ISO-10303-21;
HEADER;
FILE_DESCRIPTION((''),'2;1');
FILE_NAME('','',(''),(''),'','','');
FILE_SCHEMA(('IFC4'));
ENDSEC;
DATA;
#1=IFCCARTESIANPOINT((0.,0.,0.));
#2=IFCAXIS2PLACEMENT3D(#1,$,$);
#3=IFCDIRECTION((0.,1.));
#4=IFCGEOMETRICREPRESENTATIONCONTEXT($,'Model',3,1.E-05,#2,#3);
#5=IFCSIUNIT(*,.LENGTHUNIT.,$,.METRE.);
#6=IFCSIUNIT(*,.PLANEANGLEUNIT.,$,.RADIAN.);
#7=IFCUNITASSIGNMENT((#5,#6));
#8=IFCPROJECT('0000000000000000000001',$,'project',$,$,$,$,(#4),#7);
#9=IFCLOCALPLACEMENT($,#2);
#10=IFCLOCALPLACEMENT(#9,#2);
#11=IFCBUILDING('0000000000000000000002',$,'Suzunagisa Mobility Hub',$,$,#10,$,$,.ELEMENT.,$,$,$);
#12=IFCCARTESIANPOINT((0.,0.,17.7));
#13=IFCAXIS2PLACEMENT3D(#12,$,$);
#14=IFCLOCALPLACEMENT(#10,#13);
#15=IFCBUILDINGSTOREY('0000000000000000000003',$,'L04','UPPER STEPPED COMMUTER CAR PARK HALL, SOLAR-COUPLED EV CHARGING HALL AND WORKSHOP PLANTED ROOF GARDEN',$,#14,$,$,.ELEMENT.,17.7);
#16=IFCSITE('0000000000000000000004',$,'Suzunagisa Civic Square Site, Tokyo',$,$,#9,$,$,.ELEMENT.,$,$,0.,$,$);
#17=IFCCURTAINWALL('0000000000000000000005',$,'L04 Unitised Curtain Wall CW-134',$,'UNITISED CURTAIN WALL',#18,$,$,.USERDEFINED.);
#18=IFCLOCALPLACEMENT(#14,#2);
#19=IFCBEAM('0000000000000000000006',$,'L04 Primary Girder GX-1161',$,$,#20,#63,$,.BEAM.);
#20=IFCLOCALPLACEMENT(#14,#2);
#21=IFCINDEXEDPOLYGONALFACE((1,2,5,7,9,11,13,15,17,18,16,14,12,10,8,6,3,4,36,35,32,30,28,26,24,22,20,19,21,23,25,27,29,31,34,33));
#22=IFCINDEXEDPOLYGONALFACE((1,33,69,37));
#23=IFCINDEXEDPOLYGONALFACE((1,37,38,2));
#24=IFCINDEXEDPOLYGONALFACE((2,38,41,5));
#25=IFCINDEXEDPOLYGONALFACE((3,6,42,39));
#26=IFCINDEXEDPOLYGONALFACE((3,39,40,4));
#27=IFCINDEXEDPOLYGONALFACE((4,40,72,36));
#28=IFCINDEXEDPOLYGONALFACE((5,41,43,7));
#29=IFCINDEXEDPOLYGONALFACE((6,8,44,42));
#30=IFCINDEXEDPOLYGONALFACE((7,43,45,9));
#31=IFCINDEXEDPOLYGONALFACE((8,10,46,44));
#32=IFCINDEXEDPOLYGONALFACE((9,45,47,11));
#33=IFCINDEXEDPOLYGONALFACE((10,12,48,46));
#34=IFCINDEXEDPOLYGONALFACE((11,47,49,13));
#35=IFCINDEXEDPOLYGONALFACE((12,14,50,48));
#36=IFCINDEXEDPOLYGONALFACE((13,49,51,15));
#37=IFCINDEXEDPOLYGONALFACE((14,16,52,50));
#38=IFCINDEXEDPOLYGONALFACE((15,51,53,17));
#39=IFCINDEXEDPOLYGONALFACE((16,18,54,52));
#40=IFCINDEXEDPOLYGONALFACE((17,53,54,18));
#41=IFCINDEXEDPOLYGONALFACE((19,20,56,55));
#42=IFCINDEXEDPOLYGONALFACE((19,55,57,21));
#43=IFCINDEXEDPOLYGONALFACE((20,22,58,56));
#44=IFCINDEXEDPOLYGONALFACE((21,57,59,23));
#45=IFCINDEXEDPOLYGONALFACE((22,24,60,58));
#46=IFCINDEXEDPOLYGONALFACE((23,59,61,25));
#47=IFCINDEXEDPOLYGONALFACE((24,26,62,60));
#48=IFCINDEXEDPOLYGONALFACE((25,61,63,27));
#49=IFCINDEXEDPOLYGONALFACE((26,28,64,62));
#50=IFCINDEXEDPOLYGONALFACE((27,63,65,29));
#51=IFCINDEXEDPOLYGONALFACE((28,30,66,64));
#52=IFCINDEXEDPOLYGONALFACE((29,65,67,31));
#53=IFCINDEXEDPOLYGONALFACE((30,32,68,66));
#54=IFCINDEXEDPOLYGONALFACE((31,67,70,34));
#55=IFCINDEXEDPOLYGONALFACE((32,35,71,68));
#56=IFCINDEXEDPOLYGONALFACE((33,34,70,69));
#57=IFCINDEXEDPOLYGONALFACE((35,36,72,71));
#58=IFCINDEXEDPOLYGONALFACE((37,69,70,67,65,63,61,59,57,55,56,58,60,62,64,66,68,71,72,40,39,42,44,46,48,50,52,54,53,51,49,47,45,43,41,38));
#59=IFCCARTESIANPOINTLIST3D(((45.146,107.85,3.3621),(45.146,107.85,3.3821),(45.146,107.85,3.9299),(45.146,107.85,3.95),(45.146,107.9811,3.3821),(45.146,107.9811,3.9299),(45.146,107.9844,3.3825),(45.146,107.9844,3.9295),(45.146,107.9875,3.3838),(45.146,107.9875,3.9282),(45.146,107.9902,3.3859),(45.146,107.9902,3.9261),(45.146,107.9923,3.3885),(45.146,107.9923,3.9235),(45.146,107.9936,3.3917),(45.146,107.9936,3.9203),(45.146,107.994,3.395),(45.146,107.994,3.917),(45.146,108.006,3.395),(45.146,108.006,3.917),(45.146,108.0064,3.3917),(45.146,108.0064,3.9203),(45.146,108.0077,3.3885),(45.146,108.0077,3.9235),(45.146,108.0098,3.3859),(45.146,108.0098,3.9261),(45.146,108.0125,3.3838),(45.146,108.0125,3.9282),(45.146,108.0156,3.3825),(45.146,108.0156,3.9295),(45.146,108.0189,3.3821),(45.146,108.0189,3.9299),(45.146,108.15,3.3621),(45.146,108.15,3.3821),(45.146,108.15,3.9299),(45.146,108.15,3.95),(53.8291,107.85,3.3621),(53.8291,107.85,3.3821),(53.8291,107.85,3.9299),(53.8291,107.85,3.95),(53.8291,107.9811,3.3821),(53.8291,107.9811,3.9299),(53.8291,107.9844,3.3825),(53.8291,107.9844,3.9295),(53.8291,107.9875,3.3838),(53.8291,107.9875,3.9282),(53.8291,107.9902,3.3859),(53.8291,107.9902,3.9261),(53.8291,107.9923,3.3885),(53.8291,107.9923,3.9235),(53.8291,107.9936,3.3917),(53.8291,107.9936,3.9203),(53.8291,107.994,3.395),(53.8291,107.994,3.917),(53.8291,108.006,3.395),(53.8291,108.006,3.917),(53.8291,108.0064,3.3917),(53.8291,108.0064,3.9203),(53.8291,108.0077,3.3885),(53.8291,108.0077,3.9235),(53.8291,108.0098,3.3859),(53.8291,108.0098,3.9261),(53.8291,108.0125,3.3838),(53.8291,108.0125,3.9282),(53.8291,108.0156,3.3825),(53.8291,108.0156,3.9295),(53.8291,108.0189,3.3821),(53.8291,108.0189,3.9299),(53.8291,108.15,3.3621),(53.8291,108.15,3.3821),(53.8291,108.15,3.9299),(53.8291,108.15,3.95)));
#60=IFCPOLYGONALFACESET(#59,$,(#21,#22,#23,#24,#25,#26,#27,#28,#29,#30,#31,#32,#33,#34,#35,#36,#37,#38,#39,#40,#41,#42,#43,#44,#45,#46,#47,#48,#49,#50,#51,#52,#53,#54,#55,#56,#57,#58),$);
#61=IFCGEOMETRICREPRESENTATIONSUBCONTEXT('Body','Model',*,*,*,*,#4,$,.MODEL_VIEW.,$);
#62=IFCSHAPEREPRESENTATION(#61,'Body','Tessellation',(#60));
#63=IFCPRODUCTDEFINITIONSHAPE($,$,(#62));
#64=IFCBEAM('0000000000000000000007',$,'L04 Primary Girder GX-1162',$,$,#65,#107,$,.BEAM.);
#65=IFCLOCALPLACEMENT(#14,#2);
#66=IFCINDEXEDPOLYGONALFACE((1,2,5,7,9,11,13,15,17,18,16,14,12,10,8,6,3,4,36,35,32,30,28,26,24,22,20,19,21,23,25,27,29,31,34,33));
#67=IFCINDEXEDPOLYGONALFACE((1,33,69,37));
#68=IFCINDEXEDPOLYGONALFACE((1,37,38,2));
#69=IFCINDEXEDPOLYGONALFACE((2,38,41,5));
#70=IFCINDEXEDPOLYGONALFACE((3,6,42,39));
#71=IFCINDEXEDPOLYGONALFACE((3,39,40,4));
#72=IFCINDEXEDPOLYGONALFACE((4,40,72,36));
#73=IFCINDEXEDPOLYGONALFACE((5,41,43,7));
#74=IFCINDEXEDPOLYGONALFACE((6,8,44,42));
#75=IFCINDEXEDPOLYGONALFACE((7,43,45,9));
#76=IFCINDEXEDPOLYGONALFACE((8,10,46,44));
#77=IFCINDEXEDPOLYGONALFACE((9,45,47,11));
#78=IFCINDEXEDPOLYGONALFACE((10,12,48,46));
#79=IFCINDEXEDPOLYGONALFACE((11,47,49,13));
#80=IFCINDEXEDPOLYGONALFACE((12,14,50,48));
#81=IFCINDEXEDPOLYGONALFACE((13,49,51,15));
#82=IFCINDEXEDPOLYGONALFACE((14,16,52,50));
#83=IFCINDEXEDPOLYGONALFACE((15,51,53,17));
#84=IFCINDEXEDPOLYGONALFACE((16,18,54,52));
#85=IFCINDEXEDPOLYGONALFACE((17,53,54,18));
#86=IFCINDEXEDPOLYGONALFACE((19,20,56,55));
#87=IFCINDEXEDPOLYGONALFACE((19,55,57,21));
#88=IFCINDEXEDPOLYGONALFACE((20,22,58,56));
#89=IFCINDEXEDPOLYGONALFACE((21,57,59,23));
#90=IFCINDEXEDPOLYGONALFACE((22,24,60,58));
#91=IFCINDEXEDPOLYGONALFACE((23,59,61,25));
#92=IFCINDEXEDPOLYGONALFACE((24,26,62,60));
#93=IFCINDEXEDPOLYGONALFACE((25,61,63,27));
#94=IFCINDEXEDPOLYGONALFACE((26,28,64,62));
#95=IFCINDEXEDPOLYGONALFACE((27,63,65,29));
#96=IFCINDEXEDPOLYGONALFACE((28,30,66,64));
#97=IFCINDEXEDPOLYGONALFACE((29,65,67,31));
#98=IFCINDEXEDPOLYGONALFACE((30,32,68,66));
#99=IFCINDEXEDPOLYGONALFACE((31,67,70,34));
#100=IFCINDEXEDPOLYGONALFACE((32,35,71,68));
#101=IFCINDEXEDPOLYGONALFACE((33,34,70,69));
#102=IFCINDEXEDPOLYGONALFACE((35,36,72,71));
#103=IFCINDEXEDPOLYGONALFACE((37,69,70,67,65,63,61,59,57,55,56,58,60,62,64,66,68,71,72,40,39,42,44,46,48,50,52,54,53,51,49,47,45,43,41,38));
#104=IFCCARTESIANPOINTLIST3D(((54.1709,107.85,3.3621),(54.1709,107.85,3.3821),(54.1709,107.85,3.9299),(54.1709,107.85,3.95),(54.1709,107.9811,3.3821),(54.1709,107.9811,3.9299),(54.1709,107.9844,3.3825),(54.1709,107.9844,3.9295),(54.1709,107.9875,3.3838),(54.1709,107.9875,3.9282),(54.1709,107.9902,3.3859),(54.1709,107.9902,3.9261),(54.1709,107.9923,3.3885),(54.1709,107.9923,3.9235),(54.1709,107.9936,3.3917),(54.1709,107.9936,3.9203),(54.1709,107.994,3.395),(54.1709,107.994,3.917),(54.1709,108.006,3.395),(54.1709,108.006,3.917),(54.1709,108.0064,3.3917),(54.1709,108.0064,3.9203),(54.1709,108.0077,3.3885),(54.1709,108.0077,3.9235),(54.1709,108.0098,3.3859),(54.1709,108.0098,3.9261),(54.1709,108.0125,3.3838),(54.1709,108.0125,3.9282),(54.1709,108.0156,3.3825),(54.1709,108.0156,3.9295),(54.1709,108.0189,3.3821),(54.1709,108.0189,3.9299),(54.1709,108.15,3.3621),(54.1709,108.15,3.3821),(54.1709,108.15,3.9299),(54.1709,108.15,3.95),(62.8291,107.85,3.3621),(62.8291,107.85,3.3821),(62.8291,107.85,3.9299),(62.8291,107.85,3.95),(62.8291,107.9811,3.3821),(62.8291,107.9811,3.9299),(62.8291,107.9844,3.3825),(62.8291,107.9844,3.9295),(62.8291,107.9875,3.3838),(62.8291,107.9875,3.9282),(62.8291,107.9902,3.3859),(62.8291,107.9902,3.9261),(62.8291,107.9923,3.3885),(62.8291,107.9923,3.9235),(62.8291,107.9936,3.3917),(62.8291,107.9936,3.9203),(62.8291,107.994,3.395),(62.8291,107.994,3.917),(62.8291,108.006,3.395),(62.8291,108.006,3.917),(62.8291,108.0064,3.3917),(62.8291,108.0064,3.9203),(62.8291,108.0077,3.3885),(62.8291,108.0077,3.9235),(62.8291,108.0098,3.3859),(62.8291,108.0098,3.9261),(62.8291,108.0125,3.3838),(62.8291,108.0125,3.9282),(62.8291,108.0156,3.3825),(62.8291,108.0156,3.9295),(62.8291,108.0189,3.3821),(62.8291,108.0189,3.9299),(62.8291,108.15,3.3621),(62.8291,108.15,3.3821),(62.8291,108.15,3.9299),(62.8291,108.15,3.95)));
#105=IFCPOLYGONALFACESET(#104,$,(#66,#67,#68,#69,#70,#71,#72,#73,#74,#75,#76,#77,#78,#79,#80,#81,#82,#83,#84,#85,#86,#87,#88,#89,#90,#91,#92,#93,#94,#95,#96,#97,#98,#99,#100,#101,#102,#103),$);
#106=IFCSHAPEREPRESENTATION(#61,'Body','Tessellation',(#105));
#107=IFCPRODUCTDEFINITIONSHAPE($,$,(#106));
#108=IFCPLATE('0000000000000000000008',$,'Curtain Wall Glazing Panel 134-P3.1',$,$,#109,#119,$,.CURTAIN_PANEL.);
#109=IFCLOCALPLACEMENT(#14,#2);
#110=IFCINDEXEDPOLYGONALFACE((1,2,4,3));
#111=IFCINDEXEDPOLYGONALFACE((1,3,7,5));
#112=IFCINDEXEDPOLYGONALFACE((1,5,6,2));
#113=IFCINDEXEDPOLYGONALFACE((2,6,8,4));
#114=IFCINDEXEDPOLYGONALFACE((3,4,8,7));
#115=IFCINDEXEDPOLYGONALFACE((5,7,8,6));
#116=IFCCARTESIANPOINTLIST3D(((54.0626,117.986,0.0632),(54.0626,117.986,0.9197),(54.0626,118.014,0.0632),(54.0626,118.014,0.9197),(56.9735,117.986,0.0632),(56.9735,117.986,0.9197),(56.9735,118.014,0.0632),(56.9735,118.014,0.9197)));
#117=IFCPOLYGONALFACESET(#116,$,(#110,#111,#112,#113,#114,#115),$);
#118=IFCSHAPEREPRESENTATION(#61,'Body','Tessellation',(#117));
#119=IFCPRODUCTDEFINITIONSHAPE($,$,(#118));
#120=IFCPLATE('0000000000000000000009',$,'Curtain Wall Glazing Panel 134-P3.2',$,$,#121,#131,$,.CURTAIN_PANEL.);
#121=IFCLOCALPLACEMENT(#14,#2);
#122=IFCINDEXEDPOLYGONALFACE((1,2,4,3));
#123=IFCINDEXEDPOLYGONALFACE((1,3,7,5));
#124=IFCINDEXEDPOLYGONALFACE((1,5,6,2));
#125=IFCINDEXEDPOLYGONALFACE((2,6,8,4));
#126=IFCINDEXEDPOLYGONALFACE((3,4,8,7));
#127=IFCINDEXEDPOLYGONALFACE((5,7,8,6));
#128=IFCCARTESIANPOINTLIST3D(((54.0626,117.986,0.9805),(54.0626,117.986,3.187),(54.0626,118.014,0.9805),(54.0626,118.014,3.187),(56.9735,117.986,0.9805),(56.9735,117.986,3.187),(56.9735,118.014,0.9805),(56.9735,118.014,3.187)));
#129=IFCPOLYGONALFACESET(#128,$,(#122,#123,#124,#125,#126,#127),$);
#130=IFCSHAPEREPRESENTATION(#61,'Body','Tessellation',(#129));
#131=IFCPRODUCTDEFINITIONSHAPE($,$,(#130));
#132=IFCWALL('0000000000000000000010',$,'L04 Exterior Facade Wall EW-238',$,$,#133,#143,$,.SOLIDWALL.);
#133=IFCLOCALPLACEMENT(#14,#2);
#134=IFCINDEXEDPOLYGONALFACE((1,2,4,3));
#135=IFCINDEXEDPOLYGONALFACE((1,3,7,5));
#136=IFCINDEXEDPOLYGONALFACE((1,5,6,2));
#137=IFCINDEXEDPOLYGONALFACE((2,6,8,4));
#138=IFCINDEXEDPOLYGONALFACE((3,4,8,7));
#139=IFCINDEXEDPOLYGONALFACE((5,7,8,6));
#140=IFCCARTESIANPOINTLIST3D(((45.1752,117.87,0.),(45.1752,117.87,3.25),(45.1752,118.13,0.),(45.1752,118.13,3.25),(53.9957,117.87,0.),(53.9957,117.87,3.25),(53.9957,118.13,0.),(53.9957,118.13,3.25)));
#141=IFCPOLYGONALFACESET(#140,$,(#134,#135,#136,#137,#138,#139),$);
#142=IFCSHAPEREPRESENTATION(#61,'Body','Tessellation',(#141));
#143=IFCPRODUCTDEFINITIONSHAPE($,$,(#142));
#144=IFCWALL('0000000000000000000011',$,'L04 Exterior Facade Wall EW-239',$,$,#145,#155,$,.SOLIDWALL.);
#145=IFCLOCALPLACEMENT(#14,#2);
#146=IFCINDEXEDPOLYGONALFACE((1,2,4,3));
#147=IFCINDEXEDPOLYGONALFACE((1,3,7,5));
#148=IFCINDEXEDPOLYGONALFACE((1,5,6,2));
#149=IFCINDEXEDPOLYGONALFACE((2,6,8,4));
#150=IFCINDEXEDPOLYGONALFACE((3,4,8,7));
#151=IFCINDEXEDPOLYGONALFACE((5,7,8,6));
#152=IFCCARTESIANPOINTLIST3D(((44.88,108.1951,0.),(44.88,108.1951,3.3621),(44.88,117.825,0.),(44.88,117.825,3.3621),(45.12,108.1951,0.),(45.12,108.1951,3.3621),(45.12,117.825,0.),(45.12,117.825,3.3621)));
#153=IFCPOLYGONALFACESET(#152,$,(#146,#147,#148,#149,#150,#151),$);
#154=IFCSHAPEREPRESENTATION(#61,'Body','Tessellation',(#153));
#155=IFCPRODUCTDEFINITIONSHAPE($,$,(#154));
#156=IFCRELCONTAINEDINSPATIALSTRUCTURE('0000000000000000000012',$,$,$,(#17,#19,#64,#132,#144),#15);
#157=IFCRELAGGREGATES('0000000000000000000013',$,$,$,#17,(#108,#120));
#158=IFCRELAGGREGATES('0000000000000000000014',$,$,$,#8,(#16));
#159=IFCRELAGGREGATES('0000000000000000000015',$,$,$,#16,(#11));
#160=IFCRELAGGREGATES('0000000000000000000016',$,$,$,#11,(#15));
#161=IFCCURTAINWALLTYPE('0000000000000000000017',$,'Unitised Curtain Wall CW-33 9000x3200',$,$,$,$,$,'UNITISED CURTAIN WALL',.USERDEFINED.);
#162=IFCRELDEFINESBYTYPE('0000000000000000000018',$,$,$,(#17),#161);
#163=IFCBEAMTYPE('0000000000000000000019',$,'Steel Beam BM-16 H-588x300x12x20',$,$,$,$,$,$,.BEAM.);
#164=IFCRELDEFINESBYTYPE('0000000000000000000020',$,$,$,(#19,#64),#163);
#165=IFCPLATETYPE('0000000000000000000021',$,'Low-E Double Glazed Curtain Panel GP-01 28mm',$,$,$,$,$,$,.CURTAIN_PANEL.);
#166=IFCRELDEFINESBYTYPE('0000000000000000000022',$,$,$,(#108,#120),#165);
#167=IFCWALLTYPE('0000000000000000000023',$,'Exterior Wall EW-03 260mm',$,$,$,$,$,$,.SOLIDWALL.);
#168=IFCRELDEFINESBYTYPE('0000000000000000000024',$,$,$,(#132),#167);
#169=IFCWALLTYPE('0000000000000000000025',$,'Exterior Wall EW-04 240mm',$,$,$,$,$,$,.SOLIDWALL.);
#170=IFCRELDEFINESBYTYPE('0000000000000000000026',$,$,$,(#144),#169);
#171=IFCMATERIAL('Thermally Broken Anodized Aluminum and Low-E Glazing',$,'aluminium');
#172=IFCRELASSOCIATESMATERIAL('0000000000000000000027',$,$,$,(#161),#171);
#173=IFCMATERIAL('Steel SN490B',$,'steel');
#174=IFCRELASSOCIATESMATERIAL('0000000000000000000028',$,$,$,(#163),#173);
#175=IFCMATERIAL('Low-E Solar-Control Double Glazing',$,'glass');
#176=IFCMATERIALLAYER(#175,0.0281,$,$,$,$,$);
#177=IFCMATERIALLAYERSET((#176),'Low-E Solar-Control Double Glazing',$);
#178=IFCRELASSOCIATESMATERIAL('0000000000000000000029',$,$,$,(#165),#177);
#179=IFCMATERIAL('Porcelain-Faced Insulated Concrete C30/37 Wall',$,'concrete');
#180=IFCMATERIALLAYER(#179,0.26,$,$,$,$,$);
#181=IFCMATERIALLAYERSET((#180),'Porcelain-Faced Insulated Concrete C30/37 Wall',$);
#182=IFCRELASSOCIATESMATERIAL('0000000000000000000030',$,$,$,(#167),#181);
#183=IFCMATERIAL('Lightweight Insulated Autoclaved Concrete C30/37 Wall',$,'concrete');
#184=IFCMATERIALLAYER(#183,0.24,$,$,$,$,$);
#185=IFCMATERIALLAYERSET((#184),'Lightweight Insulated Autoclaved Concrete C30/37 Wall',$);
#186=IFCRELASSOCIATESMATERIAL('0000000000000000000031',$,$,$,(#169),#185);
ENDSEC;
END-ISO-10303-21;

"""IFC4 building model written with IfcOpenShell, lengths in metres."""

from ifc_helpers import new_model, si_unit, direction, frame, frame_2d, origin, origin_2d, place, context, subcontext, project, spatial, rectangle, i_section, extrude, material, layer, layer_set, material_profile, profile_set, type_object, element, aggregate, save


model = new_model("IFC4")

# Units and contexts
model_context = context("Model", 3, precision=1e-05, world=origin(), true_north=direction((0.0, 1.0)))
body_context = subcontext(model_context, "Body", "Model", "MODEL_VIEW")
ifc_project = project(units=[si_unit("LENGTHUNIT", "METRE"), si_unit("PLANEANGLEUNIT", "RADIAN")], contexts=[model_context])

# Site, building, storey
site_placement = place(None, origin())
site = spatial("IfcSite", under=ifc_project, at=site_placement, Name="Suzunagisa Civic Square Site, Tokyo", CompositionType="ELEMENT", RefElevation=0.0)
building_placement = place(site_placement, origin())
building = spatial("IfcBuilding", under=site, at=building_placement, Name="Suzunagisa Mobility Hub", CompositionType="ELEMENT")
storey_placement = place(building_placement, frame((0.0, 0.0, 17.7)))
storey = spatial("IfcBuildingStorey", under=building, at=storey_placement, Name="L04", Description="UPPER STEPPED COMMUTER CAR PARK HALL, SOLAR-COUPLED EV CHARGING HALL AND WORKSHOP PLANTED ROOF GARDEN", CompositionType="ELEMENT", Elevation=17.7)

# Shared definitions
ifc_material_1 = material(Name="Steel SN490B", Category="steel")

# Curtain wall
ifc_material_2 = material(Name="Thermally Broken Anodized Aluminum and Low-E Glazing", Category="aluminium")
curtain_wall_type = type_object("IfcCurtainWallType", Name="Unitised Curtain Wall CW-33 9000x3200", ElementType="UNITISED CURTAIN WALL", PredefinedType="USERDEFINED", material=ifc_material_2)
curtain_wall_placement = place(storey_placement, origin())
curtain_wall = element("IfcCurtainWall", 1, at=curtain_wall_placement, inside=storey, type_object=curtain_wall_type, Name="L04 Unitised Curtain Wall CW-134", ObjectType="UNITISED CURTAIN WALL", PredefinedType="USERDEFINED")

# Beams
ifc_material_profile_1 = material_profile(ifc_material_1, i_section(OverallWidth=0.3, OverallDepth=0.5879, WebThickness=0.012, FlangeThickness=0.02, FilletRadius=0.0129, at=origin_2d()), Name="H-588x300x12x20")
ifc_profile_set_1 = profile_set([ifc_material_profile_1], Name="Steel SN490B")
beam_type_1 = type_object("IfcBeamType", Name="Steel Beam BM-16 H-588x300x12x20", PredefinedType="BEAM", material=ifc_profile_set_1)
beam_1_placement = place(storey_placement, frame((45.146, 108.0, 3.656), z_axis=(1.0, 0.0, 0.0), x_axis=(0.0, 1.0, 0.0)))
element("IfcBeam", 2, at=beam_1_placement, inside=storey, type_object=beam_type_1, Name="L04 Primary Girder GX-1161", PredefinedType="BEAM", context=body_context, shape_type="SweptSolid", body=[
    extrude(i_section(OverallWidth=0.3, OverallDepth=0.5879, WebThickness=0.012, FlangeThickness=0.02, FilletRadius=0.0129, at=origin_2d()), origin(), (0.0, 0.0, 1.0), 8.6831),
])
beam_2_placement = place(storey_placement, frame((54.1709, 108.0, 3.656), z_axis=(1.0, 0.0, 0.0), x_axis=(0.0, 1.0, 0.0)))
element("IfcBeam", 3, at=beam_2_placement, inside=storey, type_object=beam_type_1, Name="L04 Primary Girder GX-1162", PredefinedType="BEAM", context=body_context, shape_type="SweptSolid", body=[
    extrude(i_section(OverallWidth=0.3, OverallDepth=0.5879, WebThickness=0.012, FlangeThickness=0.02, FilletRadius=0.0129, at=origin_2d()), origin(), (0.0, 0.0, 1.0), 8.6582),
])

# Plates
ifc_material_3 = material(Name="Low-E Solar-Control Double Glazing", Category="glass")
ifc_layer_1 = layer(ifc_material_3, 0.0281)
ifc_layer_set_1 = layer_set([ifc_layer_1], Name="Low-E Solar-Control Double Glazing")
plate_type = type_object("IfcPlateType", Name="Low-E Double Glazed Curtain Panel GP-01 28mm", PredefinedType="CURTAIN_PANEL", material=ifc_layer_set_1)
plate_1_placement = place(storey_placement, frame((55.5181, 118.0, 0.0632), z_axis=(0.0, 0.0, 1.0), x_axis=(-1.0, 0.0, 0.0)))
plate_1 = element("IfcPlate", 4, at=plate_1_placement, type_object=plate_type, Name="Curtain Wall Glazing Panel 134-P3.1", PredefinedType="CURTAIN_PANEL", context=body_context, shape_type="SweptSolid", body=[
    extrude(rectangle(XDim=2.9109, YDim=0.0281, at=origin_2d()), origin(), (0.0, 0.0, 1.0), 0.8564),
])
plate_2_placement = place(storey_placement, frame((55.5181, 118.0, 0.9805), z_axis=(0.0, 0.0, 1.0), x_axis=(-1.0, 0.0, 0.0)))
plate_2 = element("IfcPlate", 5, at=plate_2_placement, type_object=plate_type, Name="Curtain Wall Glazing Panel 134-P3.2", PredefinedType="CURTAIN_PANEL", context=body_context, shape_type="SweptSolid", body=[
    extrude(rectangle(XDim=2.9109, YDim=0.0281, at=origin_2d()), origin(), (0.0, 0.0, 1.0), 2.2065),
])
aggregate(curtain_wall, [plate_1, plate_2])

# Walls
ifc_material_4 = material(Name="Porcelain-Faced Insulated Concrete C30/37 Wall", Category="concrete")
ifc_layer_2 = layer(ifc_material_4, 0.26)
ifc_layer_set_2 = layer_set([ifc_layer_2], Name="Porcelain-Faced Insulated Concrete C30/37 Wall")
wall_type_1 = type_object("IfcWallType", Name="Exterior Wall EW-03 260mm", PredefinedType="SOLIDWALL", material=ifc_layer_set_2)
wall_1_placement = place(storey_placement, frame((53.9956, 118.0, 0.0), z_axis=(0.0, 0.0, 1.0), x_axis=(-1.0, 0.0, 0.0)))
element("IfcWall", 6, at=wall_1_placement, inside=storey, type_object=wall_type_1, Name="L04 Exterior Facade Wall EW-238", PredefinedType="SOLIDWALL", context=body_context, shape_type="SweptSolid", body=[
    extrude(rectangle(XDim=8.8206, YDim=0.26, at=frame_2d((4.4102, 0.0))), origin(), (0.0, 0.0, 1.0), 3.25),
])
ifc_material_5 = material(Name="Lightweight Insulated Autoclaved Concrete C30/37 Wall", Category="concrete")
ifc_layer_3 = layer(ifc_material_5, 0.24)
ifc_layer_set_3 = layer_set([ifc_layer_3], Name="Lightweight Insulated Autoclaved Concrete C30/37 Wall")
wall_type_2 = type_object("IfcWallType", Name="Exterior Wall EW-04 240mm", PredefinedType="SOLIDWALL", material=ifc_layer_set_3)
wall_2_placement = place(storey_placement, frame((45.0, 117.825, 0.0), z_axis=(0.0, 0.0, 1.0), x_axis=(0.0, -1.0, 0.0)))
element("IfcWall", 7, at=wall_2_placement, inside=storey, type_object=wall_type_2, Name="L04 Exterior Facade Wall EW-239", PredefinedType="SOLIDWALL", context=body_context, shape_type="SweptSolid", body=[
    extrude(rectangle(XDim=9.6299, YDim=0.24, at=frame_2d((4.8149, 0.0))), origin(), (0.0, 0.0, 1.0), 3.3621),
])

save(model, "model.ifc")
